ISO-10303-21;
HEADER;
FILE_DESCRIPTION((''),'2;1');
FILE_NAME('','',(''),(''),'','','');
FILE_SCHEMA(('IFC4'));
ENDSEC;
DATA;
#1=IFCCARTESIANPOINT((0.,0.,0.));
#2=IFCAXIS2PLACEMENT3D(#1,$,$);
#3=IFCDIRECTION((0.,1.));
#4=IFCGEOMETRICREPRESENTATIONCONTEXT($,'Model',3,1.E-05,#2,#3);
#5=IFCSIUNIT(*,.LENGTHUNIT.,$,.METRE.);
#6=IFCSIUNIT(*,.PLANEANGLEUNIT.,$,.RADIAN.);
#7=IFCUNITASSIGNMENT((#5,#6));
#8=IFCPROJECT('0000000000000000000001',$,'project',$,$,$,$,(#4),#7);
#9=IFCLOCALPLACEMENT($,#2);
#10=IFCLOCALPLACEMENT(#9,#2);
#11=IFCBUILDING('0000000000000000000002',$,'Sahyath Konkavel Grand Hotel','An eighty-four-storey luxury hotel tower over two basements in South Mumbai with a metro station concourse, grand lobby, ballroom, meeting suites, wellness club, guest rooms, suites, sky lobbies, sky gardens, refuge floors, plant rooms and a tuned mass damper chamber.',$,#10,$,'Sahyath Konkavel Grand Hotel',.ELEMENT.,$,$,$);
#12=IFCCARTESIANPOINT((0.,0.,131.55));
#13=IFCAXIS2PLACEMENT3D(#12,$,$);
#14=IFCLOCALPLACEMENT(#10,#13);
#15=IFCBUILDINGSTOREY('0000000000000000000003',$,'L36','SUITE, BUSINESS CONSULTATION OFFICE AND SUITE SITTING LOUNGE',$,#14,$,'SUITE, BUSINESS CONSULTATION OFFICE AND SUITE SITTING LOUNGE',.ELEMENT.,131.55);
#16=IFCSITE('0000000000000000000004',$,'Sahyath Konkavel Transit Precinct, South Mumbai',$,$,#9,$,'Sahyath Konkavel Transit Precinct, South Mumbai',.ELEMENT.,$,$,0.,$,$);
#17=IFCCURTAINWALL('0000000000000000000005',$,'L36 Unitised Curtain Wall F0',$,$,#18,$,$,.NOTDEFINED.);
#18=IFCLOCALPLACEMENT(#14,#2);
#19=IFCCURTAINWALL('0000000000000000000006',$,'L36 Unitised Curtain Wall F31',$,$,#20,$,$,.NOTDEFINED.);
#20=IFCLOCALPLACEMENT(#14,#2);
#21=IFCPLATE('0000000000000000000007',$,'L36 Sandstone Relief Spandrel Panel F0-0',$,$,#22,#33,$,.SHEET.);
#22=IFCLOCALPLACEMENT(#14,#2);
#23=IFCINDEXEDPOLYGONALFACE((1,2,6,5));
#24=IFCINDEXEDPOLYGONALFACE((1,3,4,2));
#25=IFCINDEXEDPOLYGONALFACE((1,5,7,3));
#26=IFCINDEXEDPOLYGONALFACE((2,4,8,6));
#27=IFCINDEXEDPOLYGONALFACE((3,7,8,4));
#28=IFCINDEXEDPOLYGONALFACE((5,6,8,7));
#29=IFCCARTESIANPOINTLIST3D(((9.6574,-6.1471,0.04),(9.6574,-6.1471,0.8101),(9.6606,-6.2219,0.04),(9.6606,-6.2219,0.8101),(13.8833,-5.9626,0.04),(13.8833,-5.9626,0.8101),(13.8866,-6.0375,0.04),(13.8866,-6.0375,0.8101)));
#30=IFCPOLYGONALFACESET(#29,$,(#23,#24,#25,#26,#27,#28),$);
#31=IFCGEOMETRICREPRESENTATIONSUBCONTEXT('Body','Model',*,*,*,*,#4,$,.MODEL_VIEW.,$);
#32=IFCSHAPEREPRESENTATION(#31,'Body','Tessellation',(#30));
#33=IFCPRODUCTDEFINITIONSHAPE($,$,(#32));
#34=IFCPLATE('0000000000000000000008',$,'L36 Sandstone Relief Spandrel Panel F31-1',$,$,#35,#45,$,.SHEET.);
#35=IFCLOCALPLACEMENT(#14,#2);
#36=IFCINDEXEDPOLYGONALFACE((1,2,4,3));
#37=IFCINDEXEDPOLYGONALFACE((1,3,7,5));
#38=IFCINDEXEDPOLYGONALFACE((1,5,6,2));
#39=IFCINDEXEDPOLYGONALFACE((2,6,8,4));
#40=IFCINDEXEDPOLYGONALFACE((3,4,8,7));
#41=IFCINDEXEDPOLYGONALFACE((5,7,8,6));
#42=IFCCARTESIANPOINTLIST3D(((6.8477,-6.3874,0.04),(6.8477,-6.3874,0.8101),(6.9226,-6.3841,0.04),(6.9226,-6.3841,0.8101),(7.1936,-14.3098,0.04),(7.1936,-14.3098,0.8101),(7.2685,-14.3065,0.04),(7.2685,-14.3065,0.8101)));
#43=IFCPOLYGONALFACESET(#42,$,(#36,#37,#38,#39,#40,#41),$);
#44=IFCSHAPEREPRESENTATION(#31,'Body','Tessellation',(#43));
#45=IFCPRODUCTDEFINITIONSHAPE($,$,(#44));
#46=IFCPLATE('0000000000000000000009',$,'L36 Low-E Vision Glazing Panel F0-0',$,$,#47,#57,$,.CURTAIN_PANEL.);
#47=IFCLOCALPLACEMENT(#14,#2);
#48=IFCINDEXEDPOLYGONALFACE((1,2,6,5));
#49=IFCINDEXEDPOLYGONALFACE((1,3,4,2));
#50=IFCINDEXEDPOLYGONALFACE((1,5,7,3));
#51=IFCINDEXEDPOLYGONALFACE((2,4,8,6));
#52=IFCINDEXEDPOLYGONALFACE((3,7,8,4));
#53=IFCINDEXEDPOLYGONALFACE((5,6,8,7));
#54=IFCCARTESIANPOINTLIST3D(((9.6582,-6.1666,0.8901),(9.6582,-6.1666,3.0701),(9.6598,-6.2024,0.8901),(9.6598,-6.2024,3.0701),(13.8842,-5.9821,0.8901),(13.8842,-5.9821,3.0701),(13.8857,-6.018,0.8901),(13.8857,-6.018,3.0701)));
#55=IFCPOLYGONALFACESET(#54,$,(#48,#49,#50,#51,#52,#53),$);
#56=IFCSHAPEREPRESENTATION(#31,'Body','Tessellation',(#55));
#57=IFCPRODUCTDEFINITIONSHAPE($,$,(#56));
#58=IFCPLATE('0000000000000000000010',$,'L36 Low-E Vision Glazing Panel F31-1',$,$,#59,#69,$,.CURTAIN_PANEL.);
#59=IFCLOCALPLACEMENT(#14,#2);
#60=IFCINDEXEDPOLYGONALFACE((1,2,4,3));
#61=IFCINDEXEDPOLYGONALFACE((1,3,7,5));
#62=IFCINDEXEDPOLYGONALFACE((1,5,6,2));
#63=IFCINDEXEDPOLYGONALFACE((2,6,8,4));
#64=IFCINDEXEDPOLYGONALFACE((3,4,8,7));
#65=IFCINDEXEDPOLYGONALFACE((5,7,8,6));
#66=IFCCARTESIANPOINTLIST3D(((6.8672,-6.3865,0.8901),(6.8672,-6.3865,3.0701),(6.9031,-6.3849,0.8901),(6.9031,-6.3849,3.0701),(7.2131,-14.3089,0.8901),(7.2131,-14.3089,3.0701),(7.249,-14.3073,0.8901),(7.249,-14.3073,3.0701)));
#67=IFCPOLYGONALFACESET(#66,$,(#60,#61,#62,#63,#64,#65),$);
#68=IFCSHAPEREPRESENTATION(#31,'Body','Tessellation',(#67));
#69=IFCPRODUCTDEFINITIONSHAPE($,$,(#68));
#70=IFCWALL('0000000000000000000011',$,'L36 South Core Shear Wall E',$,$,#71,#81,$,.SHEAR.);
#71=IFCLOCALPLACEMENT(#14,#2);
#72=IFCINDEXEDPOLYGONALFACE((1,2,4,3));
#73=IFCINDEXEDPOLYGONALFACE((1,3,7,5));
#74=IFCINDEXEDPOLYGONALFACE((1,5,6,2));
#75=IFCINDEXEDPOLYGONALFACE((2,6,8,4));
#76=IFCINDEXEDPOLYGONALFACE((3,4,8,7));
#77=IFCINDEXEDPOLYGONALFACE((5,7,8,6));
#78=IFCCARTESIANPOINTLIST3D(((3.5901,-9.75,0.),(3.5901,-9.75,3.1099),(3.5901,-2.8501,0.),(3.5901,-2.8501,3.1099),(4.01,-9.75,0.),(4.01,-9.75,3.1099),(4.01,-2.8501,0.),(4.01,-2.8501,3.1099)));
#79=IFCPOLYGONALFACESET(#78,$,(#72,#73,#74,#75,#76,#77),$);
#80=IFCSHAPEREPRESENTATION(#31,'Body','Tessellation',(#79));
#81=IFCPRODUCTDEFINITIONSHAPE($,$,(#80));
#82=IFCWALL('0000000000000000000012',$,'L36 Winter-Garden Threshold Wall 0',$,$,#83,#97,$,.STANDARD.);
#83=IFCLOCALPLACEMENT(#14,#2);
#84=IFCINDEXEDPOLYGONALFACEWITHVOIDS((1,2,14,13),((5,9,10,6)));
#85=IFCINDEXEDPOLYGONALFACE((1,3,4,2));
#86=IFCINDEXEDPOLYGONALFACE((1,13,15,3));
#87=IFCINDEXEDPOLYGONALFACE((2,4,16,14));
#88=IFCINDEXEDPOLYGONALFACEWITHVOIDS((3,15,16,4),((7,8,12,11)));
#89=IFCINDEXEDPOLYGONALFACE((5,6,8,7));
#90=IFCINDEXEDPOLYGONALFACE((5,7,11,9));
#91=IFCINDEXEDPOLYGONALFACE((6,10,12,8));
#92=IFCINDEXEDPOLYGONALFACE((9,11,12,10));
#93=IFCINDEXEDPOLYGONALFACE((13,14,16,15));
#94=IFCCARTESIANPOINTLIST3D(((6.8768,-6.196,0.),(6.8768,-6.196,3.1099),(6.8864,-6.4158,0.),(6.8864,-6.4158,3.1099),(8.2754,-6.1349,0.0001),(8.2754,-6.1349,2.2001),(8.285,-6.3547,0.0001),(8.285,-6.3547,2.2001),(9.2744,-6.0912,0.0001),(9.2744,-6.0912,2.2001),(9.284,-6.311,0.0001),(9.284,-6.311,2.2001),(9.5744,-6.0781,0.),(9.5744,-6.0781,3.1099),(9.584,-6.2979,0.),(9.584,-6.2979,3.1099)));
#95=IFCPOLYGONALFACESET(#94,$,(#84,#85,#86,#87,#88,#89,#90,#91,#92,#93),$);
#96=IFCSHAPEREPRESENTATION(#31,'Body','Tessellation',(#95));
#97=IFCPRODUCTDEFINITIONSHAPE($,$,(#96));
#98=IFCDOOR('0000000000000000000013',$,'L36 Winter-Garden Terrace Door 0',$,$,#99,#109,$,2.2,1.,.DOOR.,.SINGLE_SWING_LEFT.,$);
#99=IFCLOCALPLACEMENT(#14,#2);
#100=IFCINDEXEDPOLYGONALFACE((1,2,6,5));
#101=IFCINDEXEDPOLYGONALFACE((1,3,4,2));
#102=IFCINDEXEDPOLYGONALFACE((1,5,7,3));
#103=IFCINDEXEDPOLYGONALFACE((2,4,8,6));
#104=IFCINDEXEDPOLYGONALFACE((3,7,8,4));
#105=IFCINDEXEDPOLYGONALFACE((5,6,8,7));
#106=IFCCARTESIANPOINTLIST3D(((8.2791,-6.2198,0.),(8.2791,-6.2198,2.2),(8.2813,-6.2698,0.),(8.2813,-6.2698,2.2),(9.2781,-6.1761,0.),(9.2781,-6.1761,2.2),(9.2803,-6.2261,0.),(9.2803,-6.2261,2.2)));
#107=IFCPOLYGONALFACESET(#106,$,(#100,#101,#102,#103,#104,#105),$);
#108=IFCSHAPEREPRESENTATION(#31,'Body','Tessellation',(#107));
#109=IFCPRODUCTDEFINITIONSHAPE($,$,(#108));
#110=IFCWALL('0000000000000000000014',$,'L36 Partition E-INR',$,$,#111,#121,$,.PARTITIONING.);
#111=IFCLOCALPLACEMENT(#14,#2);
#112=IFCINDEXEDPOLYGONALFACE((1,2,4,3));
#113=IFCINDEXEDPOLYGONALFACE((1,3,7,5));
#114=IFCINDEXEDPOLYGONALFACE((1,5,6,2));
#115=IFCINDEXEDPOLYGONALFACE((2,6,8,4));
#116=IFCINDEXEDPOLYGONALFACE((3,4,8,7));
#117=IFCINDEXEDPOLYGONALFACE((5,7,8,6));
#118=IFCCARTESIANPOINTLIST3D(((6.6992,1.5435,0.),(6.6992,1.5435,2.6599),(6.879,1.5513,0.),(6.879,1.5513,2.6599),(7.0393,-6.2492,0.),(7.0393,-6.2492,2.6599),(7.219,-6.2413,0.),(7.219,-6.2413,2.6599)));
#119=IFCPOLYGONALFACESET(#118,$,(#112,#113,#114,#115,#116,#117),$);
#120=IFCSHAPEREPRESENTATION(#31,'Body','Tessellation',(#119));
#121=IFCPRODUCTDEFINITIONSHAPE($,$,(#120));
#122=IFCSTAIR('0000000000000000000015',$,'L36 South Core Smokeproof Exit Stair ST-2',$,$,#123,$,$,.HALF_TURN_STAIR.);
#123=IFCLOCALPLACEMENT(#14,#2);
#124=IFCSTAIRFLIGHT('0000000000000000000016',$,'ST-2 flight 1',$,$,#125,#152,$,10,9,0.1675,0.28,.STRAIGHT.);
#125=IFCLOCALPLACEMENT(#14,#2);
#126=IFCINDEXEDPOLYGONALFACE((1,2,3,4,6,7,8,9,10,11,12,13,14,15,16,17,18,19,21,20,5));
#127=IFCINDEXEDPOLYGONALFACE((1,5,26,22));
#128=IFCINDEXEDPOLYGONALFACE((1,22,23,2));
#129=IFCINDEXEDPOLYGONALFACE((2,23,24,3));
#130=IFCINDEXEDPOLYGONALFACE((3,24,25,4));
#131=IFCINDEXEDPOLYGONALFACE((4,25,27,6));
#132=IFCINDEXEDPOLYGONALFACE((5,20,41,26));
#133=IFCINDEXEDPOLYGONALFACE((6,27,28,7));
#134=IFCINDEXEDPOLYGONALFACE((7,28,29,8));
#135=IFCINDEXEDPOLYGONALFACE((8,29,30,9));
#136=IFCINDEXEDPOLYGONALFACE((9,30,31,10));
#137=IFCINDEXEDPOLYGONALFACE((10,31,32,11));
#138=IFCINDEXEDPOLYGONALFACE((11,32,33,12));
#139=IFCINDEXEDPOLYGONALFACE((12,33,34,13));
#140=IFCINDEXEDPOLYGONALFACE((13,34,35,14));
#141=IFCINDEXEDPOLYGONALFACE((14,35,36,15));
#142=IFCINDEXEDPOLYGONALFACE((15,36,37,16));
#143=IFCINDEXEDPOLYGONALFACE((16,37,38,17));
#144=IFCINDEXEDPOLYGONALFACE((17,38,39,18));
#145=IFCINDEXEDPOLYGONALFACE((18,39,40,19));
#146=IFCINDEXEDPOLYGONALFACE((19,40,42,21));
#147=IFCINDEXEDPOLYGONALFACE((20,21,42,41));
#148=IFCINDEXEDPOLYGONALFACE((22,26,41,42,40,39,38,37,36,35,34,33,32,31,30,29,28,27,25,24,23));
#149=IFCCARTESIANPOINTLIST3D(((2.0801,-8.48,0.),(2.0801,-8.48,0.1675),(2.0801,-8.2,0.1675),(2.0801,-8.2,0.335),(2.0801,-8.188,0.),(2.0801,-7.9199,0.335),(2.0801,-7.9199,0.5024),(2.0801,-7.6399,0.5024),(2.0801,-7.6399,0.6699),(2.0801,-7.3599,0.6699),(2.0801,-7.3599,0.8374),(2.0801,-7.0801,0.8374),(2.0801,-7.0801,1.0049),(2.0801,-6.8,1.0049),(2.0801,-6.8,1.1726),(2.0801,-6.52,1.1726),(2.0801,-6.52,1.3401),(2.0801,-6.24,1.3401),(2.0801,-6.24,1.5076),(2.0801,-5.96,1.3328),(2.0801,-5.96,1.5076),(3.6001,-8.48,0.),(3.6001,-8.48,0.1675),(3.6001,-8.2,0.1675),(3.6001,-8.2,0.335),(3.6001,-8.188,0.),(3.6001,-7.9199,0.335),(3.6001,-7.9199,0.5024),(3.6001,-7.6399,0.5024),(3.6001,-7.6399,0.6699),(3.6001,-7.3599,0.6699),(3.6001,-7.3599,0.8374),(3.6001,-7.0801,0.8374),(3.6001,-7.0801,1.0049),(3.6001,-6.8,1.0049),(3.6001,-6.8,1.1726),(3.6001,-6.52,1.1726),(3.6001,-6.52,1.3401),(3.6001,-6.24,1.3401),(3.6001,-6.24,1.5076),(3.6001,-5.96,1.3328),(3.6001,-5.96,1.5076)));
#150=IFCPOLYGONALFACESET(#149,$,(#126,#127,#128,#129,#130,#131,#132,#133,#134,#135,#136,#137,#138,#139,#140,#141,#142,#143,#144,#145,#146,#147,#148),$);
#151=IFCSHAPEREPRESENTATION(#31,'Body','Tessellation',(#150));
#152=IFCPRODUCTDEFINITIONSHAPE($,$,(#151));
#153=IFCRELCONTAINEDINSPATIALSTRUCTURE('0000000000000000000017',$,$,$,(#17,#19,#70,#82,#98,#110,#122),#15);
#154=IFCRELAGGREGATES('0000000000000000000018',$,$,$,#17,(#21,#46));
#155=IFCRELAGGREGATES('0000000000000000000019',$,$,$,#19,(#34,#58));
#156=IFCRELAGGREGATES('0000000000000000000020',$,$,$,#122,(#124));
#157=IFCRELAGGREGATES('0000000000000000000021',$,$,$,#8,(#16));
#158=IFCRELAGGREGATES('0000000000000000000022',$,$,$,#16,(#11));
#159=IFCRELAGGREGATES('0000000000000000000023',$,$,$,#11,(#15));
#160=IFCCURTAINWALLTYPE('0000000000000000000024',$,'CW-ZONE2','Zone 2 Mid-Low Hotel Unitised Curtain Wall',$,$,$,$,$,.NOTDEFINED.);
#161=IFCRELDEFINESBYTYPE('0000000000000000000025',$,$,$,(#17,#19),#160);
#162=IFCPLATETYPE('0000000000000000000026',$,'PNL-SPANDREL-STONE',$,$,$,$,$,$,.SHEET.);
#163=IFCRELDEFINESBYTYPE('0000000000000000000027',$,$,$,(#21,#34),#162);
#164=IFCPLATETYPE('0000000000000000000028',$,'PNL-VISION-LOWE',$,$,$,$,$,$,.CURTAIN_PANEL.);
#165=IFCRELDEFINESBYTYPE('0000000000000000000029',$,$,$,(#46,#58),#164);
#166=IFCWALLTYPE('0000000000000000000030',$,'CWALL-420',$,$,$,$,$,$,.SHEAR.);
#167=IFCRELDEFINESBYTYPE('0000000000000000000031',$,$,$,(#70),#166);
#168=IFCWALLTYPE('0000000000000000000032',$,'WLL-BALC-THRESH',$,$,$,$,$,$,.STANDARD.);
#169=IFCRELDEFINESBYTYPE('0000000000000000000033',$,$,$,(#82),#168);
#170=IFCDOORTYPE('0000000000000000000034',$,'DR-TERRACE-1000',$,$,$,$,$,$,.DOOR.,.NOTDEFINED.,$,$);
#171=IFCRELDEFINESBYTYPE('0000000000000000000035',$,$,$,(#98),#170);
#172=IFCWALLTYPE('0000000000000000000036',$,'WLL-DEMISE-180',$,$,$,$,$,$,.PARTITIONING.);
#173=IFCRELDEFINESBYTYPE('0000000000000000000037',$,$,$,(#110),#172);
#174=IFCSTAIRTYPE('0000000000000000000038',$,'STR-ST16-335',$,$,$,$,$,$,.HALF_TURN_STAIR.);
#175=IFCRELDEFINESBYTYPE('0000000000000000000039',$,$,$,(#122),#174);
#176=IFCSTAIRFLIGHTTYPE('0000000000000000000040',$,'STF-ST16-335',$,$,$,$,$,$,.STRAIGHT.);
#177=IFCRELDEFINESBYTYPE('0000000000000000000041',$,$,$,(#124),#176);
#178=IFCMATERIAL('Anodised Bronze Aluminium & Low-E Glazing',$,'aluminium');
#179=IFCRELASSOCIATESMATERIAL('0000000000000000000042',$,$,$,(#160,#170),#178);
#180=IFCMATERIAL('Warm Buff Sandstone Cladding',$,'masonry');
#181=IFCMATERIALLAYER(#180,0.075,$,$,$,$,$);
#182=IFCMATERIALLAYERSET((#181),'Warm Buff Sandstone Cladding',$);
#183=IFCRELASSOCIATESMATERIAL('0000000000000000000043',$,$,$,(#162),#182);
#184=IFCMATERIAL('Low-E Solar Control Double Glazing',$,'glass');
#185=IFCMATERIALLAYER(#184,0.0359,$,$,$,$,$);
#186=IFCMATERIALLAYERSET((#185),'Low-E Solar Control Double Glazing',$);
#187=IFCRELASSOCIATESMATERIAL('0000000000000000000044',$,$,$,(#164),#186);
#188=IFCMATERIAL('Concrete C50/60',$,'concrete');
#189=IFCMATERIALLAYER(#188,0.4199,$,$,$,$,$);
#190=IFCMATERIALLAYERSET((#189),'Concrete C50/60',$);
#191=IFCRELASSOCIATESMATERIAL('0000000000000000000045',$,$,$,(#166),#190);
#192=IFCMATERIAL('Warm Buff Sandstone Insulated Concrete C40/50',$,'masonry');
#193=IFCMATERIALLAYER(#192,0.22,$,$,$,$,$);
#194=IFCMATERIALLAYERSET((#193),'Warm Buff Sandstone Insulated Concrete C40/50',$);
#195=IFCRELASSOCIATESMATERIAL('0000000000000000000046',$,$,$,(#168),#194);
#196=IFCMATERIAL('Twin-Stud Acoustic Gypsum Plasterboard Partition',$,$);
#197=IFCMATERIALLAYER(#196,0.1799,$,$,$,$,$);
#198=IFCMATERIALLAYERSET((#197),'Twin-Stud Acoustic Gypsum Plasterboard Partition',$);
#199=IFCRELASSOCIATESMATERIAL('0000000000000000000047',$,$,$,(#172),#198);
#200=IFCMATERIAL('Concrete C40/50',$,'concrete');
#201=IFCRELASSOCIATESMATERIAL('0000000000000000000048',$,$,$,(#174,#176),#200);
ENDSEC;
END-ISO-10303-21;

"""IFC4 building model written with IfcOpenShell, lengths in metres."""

from ifc_helpers import new_model, si_unit, direction, frame, frame_2d, origin, origin_2d, place, context, subcontext, project, spatial, polyline, rectangle, outline, extrude, source, transform, mapped, material, layer, layer_set, type_object, element, fill, aggregate, save


model = new_model("IFC4")

# Units and contexts
model_context = context("Model", 3, precision=1e-05, world=origin(), true_north=direction((0.0, 1.0)))
body_context = subcontext(model_context, "Body", "Model", "MODEL_VIEW")
ifc_project = project(units=[si_unit("LENGTHUNIT", "METRE"), si_unit("PLANEANGLEUNIT", "RADIAN")], contexts=[model_context])

# Site, building, storey
site_placement = place(None, origin())
site = spatial("IfcSite", under=ifc_project, at=site_placement, Name="Sahyath Konkavel Transit Precinct, South Mumbai", LongName="Sahyath Konkavel Transit Precinct, South Mumbai", CompositionType="ELEMENT", RefElevation=0.0)
building_placement = place(site_placement, origin())
building = spatial("IfcBuilding", under=site, at=building_placement, Name="Sahyath Konkavel Grand Hotel", Description="An eighty-four-storey luxury hotel tower over two basements in South Mumbai with a metro station concourse, grand lobby, ballroom, meeting suites, wellness club, guest rooms, suites, sky lobbies, sky gardens, refuge floors, plant rooms and a tuned mass damper chamber.", LongName="Sahyath Konkavel Grand Hotel", CompositionType="ELEMENT")
storey_placement = place(building_placement, frame((0.0, 0.0, 131.55)))
storey = spatial("IfcBuildingStorey", under=building, at=storey_placement, Name="L36", Description="SUITE, BUSINESS CONSULTATION OFFICE AND SUITE SITTING LOUNGE", LongName="SUITE, BUSINESS CONSULTATION OFFICE AND SUITE SITTING LOUNGE", CompositionType="ELEMENT", Elevation=131.55)

# Curtain wall
ifc_material_1 = material(Name="Anodised Bronze Aluminium & Low-E Glazing", Category="aluminium")
curtain_wall_type = type_object("IfcCurtainWallType", Name="CW-ZONE2", Description="Zone 2 Mid-Low Hotel Unitised Curtain Wall", PredefinedType="NOTDEFINED", material=ifc_material_1)
curtain_wall_1_placement = place(storey_placement, origin())
curtain_wall_1 = element("IfcCurtainWall", 1, at=curtain_wall_1_placement, inside=storey, type_object=curtain_wall_type, Name="L36 Unitised Curtain Wall F0", PredefinedType="NOTDEFINED")

# Curtain wall
curtain_wall_2_placement = place(storey_placement, origin())
curtain_wall_2 = element("IfcCurtainWall", 2, at=curtain_wall_2_placement, inside=storey, type_object=curtain_wall_type, Name="L36 Unitised Curtain Wall F31", PredefinedType="NOTDEFINED")

# Plates
ifc_material_2 = material(Name="Warm Buff Sandstone Cladding", Category="masonry")
ifc_layer_1 = layer(ifc_material_2, 0.075)
ifc_layer_set_1 = layer_set([ifc_layer_1], Name="Warm Buff Sandstone Cladding")
plate_type_1 = type_object("IfcPlateType", Name="PNL-SPANDREL-STONE", PredefinedType="SHEET", material=ifc_layer_set_1)
shared_shape_1 = source(origin(), body_context, "Body", "SweptSolid", [
    extrude(rectangle(XDim=4.23, YDim=0.075, at=origin_2d()), origin(), (0.0, 0.0, 1.0), 0.77),
])
plate_1_placement = place(storey_placement, frame((11.772, -6.0923, 0.04), z_axis=(0.0, 0.0, 1.0), x_axis=(0.999049, 0.043602, 0.0)))
plate_1 = element("IfcPlate", 3, at=plate_1_placement, type_object=plate_type_1, Name="L36 Sandstone Relief Spandrel Panel F0-0", PredefinedType="SHEET", context=body_context, shape_type="MappedRepresentation", body=[
    mapped(shared_shape_1, transform((0.0, 0.0, 0.0), scale=1.0)),
])
shared_shape_2 = source(origin(), body_context, "Body", "SweptSolid", [
    extrude(rectangle(XDim=7.9299, YDim=0.075, at=origin_2d()), origin(), (0.0, 0.0, 1.0), 0.77),
])
plate_2_placement = place(storey_placement, frame((7.0581, -10.3469, 0.04), z_axis=(0.0, 0.0, 1.0), x_axis=(-0.043619, 0.999048, 0.0)))
plate_2 = element("IfcPlate", 4, at=plate_2_placement, type_object=plate_type_1, Name="L36 Sandstone Relief Spandrel Panel F31-1", PredefinedType="SHEET", context=body_context, shape_type="MappedRepresentation", body=[
    mapped(shared_shape_2, transform((0.0, 0.0, 0.0), scale=1.0)),
])
ifc_material_3 = material(Name="Low-E Solar Control Double Glazing", Category="glass")
ifc_layer_2 = layer(ifc_material_3, 0.0359)
ifc_layer_set_2 = layer_set([ifc_layer_2], Name="Low-E Solar Control Double Glazing")
plate_type_2 = type_object("IfcPlateType", Name="PNL-VISION-LOWE", PredefinedType="CURTAIN_PANEL", material=ifc_layer_set_2)
shared_shape_3 = source(origin(), body_context, "Body", "SweptSolid", [
    extrude(rectangle(XDim=4.23, YDim=0.0359, at=origin_2d()), origin(), (0.0, 0.0, 1.0), 2.1799),
])
plate_3_placement = place(storey_placement, frame((11.772, -6.0923, 0.8901), z_axis=(0.0, 0.0, 1.0), x_axis=(0.999049, 0.043602, 0.0)))
plate_3 = element("IfcPlate", 5, at=plate_3_placement, type_object=plate_type_2, Name="L36 Low-E Vision Glazing Panel F0-0", PredefinedType="CURTAIN_PANEL", context=body_context, shape_type="MappedRepresentation", body=[
    mapped(shared_shape_3, transform((0.0, 0.0, 0.0), scale=1.0)),
])
aggregate(curtain_wall_1, [plate_1, plate_3])
shared_shape_4 = source(origin(), body_context, "Body", "SweptSolid", [
    extrude(rectangle(XDim=7.9299, YDim=0.0359, at=origin_2d()), origin(), (0.0, 0.0, 1.0), 2.1799),
])
plate_4_placement = place(storey_placement, frame((7.0581, -10.3469, 0.8901), z_axis=(0.0, 0.0, 1.0), x_axis=(-0.043619, 0.999048, 0.0)))
plate_4 = element("IfcPlate", 6, at=plate_4_placement, type_object=plate_type_2, Name="L36 Low-E Vision Glazing Panel F31-1", PredefinedType="CURTAIN_PANEL", context=body_context, shape_type="MappedRepresentation", body=[
    mapped(shared_shape_4, transform((0.0, 0.0, 0.0), scale=1.0)),
])
aggregate(curtain_wall_2, [plate_2, plate_4])

# Wall
ifc_material_4 = material(Name="Concrete C50/60", Category="concrete")
ifc_layer_3 = layer(ifc_material_4, 0.4199)
ifc_layer_set_3 = layer_set([ifc_layer_3], Name="Concrete C50/60")
wall_type_1 = type_object("IfcWallType", Name="CWALL-420", PredefinedType="SHEAR", material=ifc_layer_set_3)
wall_1_placement = place(storey_placement, frame((3.8, -9.75, 0.0), z_axis=(0.0, 0.0, 1.0), x_axis=(0.0, 1.0, 0.0)))
element("IfcWall", 7, at=wall_1_placement, inside=storey, type_object=wall_type_1, Name="L36 South Core Shear Wall E", PredefinedType="SHEAR", context=body_context, shape_type="SweptSolid", body=[
    extrude(rectangle(XDim=6.8999, YDim=0.4199, at=frame_2d((3.45, 0.0))), origin(), (0.0, 0.0, 1.0), 3.1099),
])

# Wall, opening, door
ifc_material_5 = material(Name="Warm Buff Sandstone Insulated Concrete C40/50", Category="masonry")
ifc_layer_4 = layer(ifc_material_5, 0.22)
ifc_layer_set_4 = layer_set([ifc_layer_4], Name="Warm Buff Sandstone Insulated Concrete C40/50")
wall_type_2 = type_object("IfcWallType", Name="WLL-BALC-THRESH", PredefinedType="STANDARD", material=ifc_layer_set_4)
wall_2_placement = place(storey_placement, frame((6.8816, -6.3059, 0.0), z_axis=(0.0, 0.0, 1.0), x_axis=(0.999046, 0.043673, 0.0)))
wall_2 = element("IfcWall", 8, at=wall_2_placement, inside=storey, type_object=wall_type_2, Name="L36 Winter-Garden Threshold Wall 0", PredefinedType="STANDARD", context=body_context, shape_type="SweptSolid", body=[
    extrude(rectangle(XDim=2.7002, YDim=0.22, at=frame_2d((1.3501, 0.0))), origin(), (0.0, 0.0, 1.0), 3.1099),
])
opening_placement = place(wall_2_placement, frame((1.3999, 0.0, 0.0)))
opening = element("IfcOpeningElement", 9, at=opening_placement, cuts=wall_2, PredefinedType="OPENING", context=body_context, shape_type="SweptSolid", body=[
    extrude(rectangle(XDim=1.0, YDim=2.2, at=frame_2d((0.5, 1.1001))), frame((0.0, 0.1201, 0.0), z_axis=(0.0, -1.0, 0.0), x_axis=(1.0, 0.0, 0.0)), (0.0, 0.0, 1.0), 0.24),
])
door_type = type_object("IfcDoorType", Name="DR-TERRACE-1000", OperationType="NOTDEFINED", PredefinedType="DOOR", material=ifc_material_1)
shared_shape_5 = source(origin(), body_context, "Body", "SweptSolid", [
    extrude(rectangle(XDim=1.0, YDim=0.05, at=origin_2d()), origin(), (0.0, 0.0, 1.0), 2.2),
])
door_placement = place(opening_placement, frame((0.5, 0.0, 0.0)))
door = element("IfcDoor", 10, at=door_placement, inside=storey, type_object=door_type, Name="L36 Winter-Garden Terrace Door 0", OperationType="SINGLE_SWING_LEFT", OverallHeight=2.2, OverallWidth=1.0, PredefinedType="DOOR", context=body_context, shape_type="MappedRepresentation", body=[
    mapped(shared_shape_5, transform((0.0, 0.0, 0.0), scale=1.0)),
])
fill(opening, door)

# Wall
ifc_material_6 = material(Name="Twin-Stud Acoustic Gypsum Plasterboard Partition")
ifc_layer_5 = layer(ifc_material_6, 0.1799)
ifc_layer_set_5 = layer_set([ifc_layer_5], Name="Twin-Stud Acoustic Gypsum Plasterboard Partition")
wall_type_3 = type_object("IfcWallType", Name="WLL-DEMISE-180", PredefinedType="PARTITIONING", material=ifc_layer_set_5)
wall_3_placement = place(storey_placement, frame((7.1292, -6.2451, 0.0), z_axis=(0.0, 0.0, 1.0), x_axis=(-0.0436, 0.999049, 0.0)))
element("IfcWall", 11, at=wall_3_placement, inside=storey, type_object=wall_type_3, Name="L36 Partition E-INR", PredefinedType="PARTITIONING", context=body_context, shape_type="SweptSolid", body=[
    extrude(rectangle(XDim=7.8, YDim=0.1799, at=frame_2d((3.8999, 0.0))), origin(), (0.0, 0.0, 1.0), 2.6599),
])

# Stair, stair flight
ifc_material_7 = material(Name="Concrete C40/50", Category="concrete")
stair_type = type_object("IfcStairType", Name="STR-ST16-335", PredefinedType="HALF_TURN_STAIR", material=ifc_material_7)
stair_placement = place(storey_placement, origin())
stair = element("IfcStair", 12, at=stair_placement, inside=storey, type_object=stair_type, Name="L36 South Core Smokeproof Exit Stair ST-2", PredefinedType="HALF_TURN_STAIR")
stair_flight_type = type_object("IfcStairFlightType", Name="STF-ST16-335", PredefinedType="STRAIGHT", material=ifc_material_7)
stair_flight_placement = place(storey_placement, frame((2.8401, -8.48, 0.0), z_axis=(0.0, 0.0, 1.0), x_axis=(0.0, 1.0, 0.0)))
stair_flight = element("IfcStairFlight", 13, at=stair_flight_placement, type_object=stair_flight_type, Name="ST-2 flight 1", NumberOfRisers=10, NumberOfTreads=9, PredefinedType="STRAIGHT", RiserHeight=0.1675, TreadLength=0.28, context=body_context, shape_type="SweptSolid", body=[
    extrude(outline(polyline([(0.0, 0.0), (0.0, 0.1675), (0.28, 0.1675), (0.28, 0.335), (0.5601, 0.335), (0.5601, 0.5024), (0.8401, 0.5024), (0.8401, 0.6699), (1.1201, 0.6699), (1.1201, 0.8374), (1.3999, 0.8374), (1.3999, 1.0049), (1.6799, 1.0049), (1.6799, 1.1726), (1.96, 1.1726), (1.96, 1.3401), (2.24, 1.3401), (2.24, 1.5076), (2.52, 1.5076), (2.52, 1.675), (2.52, 1.3328), (0.292, 0.0), (0.0, 0.0)])), frame((0.0, 0.76, 0.0), z_axis=(0.0, -1.0, 0.0), x_axis=(1.0, 0.0, 0.0)), (0.0, 0.0, 1.0), 1.52),
])
aggregate(stair, [stair_flight])

save(model, "model.ifc")
